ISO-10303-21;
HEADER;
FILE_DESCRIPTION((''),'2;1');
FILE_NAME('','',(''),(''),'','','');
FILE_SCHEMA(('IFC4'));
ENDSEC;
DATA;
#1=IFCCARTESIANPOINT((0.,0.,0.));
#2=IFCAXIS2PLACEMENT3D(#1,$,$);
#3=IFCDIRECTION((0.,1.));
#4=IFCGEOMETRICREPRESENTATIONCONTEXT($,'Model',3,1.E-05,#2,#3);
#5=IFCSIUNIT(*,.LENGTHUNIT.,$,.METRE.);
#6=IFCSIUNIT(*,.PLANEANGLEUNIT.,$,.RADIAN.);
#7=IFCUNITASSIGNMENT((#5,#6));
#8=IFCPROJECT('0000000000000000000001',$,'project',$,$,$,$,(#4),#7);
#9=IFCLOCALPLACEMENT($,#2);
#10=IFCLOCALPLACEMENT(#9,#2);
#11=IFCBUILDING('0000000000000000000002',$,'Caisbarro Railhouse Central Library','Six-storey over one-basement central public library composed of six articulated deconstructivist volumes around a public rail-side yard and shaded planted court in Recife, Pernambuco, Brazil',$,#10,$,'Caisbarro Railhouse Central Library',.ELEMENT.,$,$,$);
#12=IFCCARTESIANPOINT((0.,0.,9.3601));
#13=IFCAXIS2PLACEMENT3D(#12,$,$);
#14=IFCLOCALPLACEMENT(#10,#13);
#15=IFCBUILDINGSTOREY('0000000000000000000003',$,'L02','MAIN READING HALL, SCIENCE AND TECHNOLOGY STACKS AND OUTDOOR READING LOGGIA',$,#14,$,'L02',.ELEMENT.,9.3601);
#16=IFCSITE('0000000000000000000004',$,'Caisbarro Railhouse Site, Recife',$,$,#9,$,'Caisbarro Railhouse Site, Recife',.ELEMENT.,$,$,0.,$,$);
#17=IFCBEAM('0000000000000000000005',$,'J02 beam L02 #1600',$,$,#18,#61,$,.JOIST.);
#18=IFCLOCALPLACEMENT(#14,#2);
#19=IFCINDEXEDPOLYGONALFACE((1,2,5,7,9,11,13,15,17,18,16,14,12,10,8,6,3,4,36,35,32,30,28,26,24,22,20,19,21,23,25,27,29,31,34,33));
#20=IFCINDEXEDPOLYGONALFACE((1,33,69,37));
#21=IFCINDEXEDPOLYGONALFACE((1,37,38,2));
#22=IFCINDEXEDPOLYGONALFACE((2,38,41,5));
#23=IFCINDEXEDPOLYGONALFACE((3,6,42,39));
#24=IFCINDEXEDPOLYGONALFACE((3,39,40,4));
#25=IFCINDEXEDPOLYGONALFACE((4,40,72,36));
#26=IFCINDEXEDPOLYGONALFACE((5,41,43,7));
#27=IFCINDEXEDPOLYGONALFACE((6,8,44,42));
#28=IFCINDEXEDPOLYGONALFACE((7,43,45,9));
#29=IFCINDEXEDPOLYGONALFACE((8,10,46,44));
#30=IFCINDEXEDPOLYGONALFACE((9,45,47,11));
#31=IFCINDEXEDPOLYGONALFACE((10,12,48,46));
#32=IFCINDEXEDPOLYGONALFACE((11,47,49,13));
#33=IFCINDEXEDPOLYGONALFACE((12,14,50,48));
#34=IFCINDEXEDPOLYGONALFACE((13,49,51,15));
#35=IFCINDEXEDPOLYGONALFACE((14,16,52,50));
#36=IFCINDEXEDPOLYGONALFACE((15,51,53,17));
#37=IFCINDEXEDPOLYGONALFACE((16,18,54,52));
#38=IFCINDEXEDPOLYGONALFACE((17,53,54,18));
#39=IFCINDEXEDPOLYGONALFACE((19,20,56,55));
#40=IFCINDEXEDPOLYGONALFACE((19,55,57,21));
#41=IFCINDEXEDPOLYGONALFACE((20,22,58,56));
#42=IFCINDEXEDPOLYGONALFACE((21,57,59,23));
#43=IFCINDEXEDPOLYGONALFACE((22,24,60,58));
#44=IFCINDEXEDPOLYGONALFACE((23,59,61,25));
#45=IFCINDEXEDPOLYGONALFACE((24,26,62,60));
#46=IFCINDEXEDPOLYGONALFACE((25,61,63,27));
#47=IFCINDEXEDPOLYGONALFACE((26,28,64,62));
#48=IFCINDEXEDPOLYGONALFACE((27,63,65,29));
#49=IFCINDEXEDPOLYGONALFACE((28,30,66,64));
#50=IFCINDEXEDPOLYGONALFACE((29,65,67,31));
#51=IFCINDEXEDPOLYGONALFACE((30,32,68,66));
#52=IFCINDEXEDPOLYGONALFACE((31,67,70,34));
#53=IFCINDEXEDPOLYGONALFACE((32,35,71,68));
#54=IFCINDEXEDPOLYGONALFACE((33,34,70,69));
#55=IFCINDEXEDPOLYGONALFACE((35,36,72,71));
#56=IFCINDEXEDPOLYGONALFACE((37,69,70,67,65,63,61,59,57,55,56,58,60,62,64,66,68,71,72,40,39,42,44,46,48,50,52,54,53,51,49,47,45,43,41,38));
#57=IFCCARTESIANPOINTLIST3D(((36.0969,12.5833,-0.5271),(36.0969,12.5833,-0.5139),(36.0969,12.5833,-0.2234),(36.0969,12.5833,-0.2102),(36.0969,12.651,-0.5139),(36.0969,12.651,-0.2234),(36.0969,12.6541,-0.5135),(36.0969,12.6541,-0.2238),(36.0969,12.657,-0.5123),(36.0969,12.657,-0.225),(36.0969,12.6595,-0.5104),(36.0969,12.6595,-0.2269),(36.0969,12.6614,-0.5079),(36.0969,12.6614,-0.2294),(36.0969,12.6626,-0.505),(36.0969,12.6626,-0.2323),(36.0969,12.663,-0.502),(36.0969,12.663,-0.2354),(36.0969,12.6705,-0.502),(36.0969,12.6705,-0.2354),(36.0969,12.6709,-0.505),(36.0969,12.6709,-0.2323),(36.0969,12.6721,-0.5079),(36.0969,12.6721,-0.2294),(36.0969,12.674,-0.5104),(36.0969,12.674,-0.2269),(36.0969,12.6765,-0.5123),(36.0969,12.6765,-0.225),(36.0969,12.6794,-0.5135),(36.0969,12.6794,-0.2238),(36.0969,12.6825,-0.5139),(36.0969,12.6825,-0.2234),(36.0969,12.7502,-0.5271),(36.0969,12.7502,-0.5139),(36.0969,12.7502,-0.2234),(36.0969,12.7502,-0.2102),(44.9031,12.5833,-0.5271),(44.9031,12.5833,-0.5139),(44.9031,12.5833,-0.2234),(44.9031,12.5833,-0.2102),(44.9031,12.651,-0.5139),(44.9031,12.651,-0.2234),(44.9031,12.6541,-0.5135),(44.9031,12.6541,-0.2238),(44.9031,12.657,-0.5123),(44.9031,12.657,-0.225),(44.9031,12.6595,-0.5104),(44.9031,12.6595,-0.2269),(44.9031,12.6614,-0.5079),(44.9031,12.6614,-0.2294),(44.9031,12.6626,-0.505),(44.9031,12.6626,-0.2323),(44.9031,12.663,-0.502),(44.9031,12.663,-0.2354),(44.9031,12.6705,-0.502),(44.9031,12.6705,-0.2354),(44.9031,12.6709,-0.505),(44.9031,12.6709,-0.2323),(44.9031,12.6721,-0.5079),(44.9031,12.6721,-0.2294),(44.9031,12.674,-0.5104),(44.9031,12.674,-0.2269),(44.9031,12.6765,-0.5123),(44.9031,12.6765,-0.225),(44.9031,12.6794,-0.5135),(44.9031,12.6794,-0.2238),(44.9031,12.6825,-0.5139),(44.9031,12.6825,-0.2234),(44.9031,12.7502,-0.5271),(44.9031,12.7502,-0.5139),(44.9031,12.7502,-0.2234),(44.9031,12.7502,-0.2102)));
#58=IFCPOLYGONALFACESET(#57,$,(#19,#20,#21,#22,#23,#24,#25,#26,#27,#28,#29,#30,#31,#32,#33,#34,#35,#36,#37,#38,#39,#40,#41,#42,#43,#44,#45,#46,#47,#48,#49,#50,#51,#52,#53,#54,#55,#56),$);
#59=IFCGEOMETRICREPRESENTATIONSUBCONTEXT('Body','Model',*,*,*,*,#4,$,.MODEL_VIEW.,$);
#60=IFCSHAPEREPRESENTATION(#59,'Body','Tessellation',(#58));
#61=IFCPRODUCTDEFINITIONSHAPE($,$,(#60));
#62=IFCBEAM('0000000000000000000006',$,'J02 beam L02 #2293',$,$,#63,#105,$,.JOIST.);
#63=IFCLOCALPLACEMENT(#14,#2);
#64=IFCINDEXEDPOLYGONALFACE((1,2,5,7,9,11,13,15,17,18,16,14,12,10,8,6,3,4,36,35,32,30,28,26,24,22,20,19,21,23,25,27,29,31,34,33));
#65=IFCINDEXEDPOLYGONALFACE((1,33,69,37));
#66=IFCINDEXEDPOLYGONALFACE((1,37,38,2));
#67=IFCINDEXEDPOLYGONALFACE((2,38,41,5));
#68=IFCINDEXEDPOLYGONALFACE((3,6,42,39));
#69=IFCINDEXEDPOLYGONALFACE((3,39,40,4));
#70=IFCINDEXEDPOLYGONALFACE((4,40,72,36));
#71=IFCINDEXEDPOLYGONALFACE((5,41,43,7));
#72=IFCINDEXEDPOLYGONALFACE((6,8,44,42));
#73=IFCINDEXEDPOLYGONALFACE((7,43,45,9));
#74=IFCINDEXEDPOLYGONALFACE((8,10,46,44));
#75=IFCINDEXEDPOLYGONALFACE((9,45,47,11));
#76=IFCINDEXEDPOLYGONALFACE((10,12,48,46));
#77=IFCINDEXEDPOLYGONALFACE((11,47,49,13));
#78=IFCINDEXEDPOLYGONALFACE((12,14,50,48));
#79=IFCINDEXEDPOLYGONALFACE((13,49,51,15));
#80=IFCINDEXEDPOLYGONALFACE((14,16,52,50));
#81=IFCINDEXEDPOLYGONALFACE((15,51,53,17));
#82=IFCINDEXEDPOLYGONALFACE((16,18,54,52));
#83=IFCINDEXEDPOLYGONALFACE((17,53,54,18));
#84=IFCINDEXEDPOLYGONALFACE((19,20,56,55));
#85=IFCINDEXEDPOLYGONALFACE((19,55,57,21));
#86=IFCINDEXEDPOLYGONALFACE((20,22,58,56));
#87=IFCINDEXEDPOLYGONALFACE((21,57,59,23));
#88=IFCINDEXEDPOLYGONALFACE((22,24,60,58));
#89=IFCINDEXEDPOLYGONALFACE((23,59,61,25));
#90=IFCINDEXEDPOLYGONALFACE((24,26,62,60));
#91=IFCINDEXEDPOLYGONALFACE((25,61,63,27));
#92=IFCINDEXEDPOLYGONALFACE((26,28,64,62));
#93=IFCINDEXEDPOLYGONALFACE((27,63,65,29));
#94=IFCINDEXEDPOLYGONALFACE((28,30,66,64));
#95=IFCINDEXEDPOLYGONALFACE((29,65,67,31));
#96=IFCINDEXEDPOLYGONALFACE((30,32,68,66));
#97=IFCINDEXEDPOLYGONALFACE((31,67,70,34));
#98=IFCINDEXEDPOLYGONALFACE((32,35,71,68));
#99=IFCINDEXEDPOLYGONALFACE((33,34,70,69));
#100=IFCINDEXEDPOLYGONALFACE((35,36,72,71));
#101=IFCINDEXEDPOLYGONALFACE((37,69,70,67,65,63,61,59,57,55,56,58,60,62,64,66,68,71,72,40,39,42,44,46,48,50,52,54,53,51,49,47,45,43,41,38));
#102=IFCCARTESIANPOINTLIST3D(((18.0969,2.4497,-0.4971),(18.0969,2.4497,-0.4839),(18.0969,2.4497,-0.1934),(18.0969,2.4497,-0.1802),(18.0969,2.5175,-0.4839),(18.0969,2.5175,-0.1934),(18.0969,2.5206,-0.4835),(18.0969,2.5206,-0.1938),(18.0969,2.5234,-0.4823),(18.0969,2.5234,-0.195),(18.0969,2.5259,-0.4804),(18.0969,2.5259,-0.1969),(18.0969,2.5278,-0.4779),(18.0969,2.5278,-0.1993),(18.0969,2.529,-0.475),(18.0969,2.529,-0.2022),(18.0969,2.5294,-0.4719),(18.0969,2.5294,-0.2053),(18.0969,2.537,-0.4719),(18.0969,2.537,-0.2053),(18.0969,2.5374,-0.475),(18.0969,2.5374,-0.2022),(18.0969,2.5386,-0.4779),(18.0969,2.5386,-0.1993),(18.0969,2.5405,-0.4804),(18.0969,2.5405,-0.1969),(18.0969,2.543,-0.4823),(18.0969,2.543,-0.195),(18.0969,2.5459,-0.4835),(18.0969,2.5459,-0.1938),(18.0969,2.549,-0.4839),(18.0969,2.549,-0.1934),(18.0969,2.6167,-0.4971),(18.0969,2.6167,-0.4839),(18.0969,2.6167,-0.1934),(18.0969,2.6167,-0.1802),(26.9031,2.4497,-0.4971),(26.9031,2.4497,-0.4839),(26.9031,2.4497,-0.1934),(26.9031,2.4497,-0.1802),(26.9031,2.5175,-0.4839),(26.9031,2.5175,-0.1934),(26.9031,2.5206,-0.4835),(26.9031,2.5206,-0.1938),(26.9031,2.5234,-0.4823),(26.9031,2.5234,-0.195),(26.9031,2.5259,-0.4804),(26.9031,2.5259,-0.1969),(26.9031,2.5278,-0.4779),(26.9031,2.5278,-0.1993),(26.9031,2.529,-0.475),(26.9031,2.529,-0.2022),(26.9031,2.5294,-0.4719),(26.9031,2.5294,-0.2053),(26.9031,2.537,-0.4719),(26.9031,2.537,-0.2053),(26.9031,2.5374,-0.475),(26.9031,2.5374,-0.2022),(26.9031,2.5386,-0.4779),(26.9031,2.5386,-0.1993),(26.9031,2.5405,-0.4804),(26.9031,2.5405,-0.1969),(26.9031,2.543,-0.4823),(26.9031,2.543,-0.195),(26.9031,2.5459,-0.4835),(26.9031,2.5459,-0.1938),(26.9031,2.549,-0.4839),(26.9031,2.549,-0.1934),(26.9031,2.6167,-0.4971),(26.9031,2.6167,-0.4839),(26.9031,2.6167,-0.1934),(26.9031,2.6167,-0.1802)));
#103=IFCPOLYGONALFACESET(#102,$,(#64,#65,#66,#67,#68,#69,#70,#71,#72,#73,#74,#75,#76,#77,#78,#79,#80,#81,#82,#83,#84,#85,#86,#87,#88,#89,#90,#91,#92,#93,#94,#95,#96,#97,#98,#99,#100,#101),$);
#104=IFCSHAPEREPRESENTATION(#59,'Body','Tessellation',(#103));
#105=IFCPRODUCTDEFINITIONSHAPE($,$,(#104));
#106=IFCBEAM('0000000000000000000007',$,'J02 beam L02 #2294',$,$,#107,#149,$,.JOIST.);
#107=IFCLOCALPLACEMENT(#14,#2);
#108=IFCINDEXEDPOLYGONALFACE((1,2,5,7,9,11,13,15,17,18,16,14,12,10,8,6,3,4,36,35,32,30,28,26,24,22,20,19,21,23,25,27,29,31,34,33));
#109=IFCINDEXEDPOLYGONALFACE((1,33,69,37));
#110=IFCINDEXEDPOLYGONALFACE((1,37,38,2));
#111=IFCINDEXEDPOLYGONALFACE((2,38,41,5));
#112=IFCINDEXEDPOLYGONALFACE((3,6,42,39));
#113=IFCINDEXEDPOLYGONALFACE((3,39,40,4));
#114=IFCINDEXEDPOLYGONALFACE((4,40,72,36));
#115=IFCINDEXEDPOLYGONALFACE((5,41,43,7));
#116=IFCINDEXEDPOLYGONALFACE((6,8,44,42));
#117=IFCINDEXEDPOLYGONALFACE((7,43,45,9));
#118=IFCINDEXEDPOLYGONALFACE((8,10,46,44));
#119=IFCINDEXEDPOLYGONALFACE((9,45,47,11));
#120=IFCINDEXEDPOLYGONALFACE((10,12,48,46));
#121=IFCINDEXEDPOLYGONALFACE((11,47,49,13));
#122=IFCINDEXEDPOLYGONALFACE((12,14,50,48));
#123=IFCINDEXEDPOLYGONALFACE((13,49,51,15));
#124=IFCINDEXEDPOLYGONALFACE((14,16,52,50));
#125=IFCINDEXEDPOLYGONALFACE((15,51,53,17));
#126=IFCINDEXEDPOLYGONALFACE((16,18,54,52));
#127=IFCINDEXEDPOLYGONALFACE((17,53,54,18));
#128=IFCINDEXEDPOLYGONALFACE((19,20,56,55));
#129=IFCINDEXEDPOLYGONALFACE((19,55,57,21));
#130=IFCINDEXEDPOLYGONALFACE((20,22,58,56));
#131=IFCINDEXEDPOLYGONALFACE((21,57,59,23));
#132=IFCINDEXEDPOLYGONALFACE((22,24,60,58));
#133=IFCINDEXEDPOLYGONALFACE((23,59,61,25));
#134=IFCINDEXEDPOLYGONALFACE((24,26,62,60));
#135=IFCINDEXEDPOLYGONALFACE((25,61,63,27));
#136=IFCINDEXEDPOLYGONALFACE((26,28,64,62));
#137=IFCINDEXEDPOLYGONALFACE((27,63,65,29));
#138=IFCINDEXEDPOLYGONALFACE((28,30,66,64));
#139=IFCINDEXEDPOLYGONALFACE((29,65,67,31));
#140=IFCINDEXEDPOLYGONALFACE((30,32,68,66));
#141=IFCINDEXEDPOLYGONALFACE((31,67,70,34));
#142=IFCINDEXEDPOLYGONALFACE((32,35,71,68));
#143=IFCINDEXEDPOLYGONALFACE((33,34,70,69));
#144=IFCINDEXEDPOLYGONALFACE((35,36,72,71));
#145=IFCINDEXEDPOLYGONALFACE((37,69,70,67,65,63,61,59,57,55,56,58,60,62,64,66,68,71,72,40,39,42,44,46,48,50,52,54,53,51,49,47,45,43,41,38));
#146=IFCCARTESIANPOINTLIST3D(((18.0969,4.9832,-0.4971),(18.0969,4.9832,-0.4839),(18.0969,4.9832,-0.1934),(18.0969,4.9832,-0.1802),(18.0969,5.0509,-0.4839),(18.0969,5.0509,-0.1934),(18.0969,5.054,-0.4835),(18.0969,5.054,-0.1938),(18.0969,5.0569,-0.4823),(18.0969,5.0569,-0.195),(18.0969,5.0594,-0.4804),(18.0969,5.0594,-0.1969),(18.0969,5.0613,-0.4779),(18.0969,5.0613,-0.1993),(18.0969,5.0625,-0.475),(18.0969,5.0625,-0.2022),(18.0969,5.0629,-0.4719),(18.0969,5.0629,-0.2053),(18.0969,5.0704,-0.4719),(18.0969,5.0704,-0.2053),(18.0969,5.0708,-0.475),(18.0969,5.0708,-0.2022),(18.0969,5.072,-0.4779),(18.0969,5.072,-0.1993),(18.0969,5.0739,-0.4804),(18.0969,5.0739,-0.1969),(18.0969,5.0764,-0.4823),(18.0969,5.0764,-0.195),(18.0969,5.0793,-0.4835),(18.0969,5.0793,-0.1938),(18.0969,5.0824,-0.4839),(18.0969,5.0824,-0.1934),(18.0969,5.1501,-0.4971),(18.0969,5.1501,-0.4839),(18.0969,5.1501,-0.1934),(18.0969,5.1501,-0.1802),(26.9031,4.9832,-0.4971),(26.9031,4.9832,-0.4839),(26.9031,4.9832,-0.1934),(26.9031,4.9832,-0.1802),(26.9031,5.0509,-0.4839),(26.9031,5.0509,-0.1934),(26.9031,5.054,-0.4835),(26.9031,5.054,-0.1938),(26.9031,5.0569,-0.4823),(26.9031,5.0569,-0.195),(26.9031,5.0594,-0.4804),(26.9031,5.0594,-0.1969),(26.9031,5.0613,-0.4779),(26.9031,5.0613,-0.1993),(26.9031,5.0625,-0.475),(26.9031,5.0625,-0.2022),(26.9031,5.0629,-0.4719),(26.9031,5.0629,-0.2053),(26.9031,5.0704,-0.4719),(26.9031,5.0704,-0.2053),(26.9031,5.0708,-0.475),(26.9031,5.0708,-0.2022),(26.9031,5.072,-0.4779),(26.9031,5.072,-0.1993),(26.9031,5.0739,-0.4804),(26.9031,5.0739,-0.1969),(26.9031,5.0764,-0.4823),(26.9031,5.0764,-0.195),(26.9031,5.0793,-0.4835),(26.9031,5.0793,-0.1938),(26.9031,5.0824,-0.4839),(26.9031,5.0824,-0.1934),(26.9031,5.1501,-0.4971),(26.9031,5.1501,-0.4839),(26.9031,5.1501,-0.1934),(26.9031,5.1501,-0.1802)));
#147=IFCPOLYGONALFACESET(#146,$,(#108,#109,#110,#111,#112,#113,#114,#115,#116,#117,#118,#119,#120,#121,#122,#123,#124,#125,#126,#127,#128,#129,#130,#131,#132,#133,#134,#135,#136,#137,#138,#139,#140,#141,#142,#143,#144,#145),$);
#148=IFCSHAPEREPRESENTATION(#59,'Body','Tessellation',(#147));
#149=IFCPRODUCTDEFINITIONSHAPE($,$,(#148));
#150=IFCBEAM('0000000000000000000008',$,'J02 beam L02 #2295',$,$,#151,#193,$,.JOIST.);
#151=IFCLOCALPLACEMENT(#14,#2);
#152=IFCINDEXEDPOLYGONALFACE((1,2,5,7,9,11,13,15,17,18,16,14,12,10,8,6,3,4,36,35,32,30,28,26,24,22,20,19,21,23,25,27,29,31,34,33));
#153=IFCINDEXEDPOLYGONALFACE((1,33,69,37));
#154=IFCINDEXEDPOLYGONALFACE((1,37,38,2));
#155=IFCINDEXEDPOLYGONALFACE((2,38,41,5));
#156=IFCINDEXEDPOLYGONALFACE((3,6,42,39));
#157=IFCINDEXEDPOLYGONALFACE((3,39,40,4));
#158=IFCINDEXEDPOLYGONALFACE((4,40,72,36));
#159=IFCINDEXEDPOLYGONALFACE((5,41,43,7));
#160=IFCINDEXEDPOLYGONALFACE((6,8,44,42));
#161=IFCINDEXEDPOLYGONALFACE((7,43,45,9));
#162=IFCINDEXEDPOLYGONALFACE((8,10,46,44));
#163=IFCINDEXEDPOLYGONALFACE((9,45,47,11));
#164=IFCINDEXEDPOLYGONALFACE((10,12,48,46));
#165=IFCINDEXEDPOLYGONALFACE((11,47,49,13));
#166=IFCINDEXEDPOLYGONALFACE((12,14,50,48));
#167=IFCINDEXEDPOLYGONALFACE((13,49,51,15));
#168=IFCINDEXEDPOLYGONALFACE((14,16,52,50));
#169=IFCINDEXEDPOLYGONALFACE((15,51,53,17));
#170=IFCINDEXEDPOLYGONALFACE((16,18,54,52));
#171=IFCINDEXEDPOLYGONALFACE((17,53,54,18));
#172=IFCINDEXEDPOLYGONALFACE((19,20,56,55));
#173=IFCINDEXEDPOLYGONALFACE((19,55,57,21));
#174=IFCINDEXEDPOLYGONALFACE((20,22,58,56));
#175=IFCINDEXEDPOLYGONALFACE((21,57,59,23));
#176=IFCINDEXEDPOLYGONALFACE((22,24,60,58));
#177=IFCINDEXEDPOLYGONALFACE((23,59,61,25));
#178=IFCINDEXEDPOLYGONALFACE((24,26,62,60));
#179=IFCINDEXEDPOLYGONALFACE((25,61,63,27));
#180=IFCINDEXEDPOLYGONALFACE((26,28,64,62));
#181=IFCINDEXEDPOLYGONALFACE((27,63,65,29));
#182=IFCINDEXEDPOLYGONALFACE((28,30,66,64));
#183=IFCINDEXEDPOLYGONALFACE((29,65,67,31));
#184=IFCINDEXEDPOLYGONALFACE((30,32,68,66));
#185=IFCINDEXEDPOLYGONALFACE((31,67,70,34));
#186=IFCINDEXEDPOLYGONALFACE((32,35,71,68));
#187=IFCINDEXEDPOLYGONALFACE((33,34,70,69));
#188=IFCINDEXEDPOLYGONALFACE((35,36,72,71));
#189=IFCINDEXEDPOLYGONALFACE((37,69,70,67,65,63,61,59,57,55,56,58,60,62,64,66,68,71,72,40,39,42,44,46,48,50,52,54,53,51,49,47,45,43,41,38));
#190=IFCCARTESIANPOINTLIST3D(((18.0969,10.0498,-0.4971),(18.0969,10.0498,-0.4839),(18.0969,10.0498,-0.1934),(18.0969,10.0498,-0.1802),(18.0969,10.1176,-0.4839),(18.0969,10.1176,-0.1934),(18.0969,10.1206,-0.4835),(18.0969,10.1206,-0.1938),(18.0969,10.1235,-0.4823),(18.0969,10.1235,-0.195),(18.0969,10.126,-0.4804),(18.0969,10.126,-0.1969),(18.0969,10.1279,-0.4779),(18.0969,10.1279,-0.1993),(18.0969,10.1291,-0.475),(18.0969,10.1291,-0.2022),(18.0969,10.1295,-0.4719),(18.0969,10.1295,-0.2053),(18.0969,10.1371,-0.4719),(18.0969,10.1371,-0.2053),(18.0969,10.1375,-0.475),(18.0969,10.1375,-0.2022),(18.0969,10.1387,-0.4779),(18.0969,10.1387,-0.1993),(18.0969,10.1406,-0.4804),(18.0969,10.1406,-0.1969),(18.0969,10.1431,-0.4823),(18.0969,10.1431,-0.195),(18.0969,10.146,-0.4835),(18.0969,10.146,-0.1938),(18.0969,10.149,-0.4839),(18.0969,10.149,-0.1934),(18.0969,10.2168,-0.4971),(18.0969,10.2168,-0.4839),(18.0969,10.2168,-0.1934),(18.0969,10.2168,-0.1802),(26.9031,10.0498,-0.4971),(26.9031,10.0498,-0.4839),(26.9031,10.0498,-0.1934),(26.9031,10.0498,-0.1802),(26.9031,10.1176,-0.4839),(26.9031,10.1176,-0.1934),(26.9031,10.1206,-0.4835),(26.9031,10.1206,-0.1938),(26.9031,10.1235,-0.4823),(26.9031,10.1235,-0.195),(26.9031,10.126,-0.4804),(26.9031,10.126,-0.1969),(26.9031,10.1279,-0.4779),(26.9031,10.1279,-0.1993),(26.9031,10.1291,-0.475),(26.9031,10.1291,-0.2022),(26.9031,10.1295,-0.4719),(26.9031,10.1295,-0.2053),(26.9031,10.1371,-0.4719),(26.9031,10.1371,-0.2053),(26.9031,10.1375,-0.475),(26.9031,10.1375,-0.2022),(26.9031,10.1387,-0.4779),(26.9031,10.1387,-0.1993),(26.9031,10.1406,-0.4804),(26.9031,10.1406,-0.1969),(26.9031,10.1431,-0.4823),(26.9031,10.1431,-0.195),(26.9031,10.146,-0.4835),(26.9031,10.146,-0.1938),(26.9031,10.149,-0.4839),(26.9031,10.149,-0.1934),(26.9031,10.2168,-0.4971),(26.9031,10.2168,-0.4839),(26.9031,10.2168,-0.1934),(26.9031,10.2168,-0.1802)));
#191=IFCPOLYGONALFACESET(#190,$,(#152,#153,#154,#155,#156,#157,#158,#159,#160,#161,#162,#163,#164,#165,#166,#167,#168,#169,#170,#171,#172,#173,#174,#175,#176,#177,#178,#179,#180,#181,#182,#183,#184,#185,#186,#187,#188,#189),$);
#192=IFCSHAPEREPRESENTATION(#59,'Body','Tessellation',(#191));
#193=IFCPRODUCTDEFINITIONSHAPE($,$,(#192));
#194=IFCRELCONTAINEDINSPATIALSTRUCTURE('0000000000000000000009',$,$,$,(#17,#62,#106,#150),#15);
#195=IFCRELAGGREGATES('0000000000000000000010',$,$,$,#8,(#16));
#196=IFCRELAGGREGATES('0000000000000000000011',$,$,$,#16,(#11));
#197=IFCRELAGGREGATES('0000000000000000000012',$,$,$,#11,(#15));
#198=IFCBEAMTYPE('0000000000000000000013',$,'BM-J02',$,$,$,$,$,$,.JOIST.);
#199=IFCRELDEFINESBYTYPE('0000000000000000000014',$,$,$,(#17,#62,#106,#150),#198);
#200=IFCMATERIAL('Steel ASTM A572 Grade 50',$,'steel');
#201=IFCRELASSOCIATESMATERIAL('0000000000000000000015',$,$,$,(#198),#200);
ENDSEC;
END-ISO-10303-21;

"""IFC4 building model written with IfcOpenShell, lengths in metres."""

from ifc_helpers import new_model, si_unit, direction, frame, origin, origin_2d, place, context, subcontext, project, spatial, i_section, extrude, material, material_profile, profile_set, type_object, element, save


model = new_model("IFC4")

# Units and contexts
model_context = context("Model", 3, precision=1e-05, world=origin(), true_north=direction((0.0, 1.0)))
body_context = subcontext(model_context, "Body", "Model", "MODEL_VIEW")
ifc_project = project(units=[si_unit("LENGTHUNIT", "METRE"), si_unit("PLANEANGLEUNIT", "RADIAN")], contexts=[model_context])

# Site, building, storey
site_placement = place(None, origin())
site = spatial("IfcSite", under=ifc_project, at=site_placement, Name="Caisbarro Railhouse Site, Recife", LongName="Caisbarro Railhouse Site, Recife", CompositionType="ELEMENT", RefElevation=0.0)
building_placement = place(site_placement, origin())
building = spatial("IfcBuilding", under=site, at=building_placement, Name="Caisbarro Railhouse Central Library", Description="Six-storey over one-basement central public library composed of six articulated deconstructivist volumes around a public rail-side yard and shaded planted court in Recife, Pernambuco, Brazil", LongName="Caisbarro Railhouse Central Library", CompositionType="ELEMENT")
storey_placement = place(building_placement, frame((0.0, 0.0, 9.3601)))
storey = spatial("IfcBuildingStorey", under=building, at=storey_placement, Name="L02", Description="MAIN READING HALL, SCIENCE AND TECHNOLOGY STACKS AND OUTDOOR READING LOGGIA", LongName="L02", CompositionType="ELEMENT", Elevation=9.3601)

# Beams
ifc_material_1 = material(Name="Steel ASTM A572 Grade 50", Category="steel")
ifc_material_profile_1 = material_profile(ifc_material_1, i_section(OverallWidth=0.167, OverallDepth=0.3169, WebThickness=0.0076, FlangeThickness=0.0132, FilletRadius=0.012, at=origin_2d()), Name="W310X52.0")
ifc_profile_set_1 = profile_set([ifc_material_profile_1], Name="Steel ASTM A572 Grade 50")
beam_type_1 = type_object("IfcBeamType", Name="BM-J02", PredefinedType="JOIST", material=ifc_profile_set_1)
for number, where, z_axis, x_axis, name in (
    (1, (36.0969, 12.6667, -0.3687), (1.0, 0.0, 0.0), (0.0, 1.0, 0.0), "J02 beam L02 #1600"),
    (2, (18.0969, 2.5332, -0.3386), (1.0, 0.0, 0.0), (0.0, 1.0, 0.0), "J02 beam L02 #2293"),
    (3, (18.0969, 5.0667, -0.3386), (1.0, 0.0, 0.0), (0.0, 1.0, 0.0), "J02 beam L02 #2294"),
    (4, (18.0969, 10.1333, -0.3386), (1.0, 0.0, 0.0), (0.0, 1.0, 0.0), "J02 beam L02 #2295"),
):
    element("IfcBeam", number, at=place(storey_placement, frame(where, z_axis=z_axis, x_axis=x_axis)), inside=storey, type_object=beam_type_1, Name=name, PredefinedType="JOIST", context=body_context, shape_type="SweptSolid", body=[
        extrude(i_section(OverallWidth=0.167, OverallDepth=0.3169, WebThickness=0.0076, FlangeThickness=0.0132, FilletRadius=0.012, at=origin_2d()), origin(), (0.0, 0.0, 1.0), 8.8062),
    ])

save(model, "model.ifc")
